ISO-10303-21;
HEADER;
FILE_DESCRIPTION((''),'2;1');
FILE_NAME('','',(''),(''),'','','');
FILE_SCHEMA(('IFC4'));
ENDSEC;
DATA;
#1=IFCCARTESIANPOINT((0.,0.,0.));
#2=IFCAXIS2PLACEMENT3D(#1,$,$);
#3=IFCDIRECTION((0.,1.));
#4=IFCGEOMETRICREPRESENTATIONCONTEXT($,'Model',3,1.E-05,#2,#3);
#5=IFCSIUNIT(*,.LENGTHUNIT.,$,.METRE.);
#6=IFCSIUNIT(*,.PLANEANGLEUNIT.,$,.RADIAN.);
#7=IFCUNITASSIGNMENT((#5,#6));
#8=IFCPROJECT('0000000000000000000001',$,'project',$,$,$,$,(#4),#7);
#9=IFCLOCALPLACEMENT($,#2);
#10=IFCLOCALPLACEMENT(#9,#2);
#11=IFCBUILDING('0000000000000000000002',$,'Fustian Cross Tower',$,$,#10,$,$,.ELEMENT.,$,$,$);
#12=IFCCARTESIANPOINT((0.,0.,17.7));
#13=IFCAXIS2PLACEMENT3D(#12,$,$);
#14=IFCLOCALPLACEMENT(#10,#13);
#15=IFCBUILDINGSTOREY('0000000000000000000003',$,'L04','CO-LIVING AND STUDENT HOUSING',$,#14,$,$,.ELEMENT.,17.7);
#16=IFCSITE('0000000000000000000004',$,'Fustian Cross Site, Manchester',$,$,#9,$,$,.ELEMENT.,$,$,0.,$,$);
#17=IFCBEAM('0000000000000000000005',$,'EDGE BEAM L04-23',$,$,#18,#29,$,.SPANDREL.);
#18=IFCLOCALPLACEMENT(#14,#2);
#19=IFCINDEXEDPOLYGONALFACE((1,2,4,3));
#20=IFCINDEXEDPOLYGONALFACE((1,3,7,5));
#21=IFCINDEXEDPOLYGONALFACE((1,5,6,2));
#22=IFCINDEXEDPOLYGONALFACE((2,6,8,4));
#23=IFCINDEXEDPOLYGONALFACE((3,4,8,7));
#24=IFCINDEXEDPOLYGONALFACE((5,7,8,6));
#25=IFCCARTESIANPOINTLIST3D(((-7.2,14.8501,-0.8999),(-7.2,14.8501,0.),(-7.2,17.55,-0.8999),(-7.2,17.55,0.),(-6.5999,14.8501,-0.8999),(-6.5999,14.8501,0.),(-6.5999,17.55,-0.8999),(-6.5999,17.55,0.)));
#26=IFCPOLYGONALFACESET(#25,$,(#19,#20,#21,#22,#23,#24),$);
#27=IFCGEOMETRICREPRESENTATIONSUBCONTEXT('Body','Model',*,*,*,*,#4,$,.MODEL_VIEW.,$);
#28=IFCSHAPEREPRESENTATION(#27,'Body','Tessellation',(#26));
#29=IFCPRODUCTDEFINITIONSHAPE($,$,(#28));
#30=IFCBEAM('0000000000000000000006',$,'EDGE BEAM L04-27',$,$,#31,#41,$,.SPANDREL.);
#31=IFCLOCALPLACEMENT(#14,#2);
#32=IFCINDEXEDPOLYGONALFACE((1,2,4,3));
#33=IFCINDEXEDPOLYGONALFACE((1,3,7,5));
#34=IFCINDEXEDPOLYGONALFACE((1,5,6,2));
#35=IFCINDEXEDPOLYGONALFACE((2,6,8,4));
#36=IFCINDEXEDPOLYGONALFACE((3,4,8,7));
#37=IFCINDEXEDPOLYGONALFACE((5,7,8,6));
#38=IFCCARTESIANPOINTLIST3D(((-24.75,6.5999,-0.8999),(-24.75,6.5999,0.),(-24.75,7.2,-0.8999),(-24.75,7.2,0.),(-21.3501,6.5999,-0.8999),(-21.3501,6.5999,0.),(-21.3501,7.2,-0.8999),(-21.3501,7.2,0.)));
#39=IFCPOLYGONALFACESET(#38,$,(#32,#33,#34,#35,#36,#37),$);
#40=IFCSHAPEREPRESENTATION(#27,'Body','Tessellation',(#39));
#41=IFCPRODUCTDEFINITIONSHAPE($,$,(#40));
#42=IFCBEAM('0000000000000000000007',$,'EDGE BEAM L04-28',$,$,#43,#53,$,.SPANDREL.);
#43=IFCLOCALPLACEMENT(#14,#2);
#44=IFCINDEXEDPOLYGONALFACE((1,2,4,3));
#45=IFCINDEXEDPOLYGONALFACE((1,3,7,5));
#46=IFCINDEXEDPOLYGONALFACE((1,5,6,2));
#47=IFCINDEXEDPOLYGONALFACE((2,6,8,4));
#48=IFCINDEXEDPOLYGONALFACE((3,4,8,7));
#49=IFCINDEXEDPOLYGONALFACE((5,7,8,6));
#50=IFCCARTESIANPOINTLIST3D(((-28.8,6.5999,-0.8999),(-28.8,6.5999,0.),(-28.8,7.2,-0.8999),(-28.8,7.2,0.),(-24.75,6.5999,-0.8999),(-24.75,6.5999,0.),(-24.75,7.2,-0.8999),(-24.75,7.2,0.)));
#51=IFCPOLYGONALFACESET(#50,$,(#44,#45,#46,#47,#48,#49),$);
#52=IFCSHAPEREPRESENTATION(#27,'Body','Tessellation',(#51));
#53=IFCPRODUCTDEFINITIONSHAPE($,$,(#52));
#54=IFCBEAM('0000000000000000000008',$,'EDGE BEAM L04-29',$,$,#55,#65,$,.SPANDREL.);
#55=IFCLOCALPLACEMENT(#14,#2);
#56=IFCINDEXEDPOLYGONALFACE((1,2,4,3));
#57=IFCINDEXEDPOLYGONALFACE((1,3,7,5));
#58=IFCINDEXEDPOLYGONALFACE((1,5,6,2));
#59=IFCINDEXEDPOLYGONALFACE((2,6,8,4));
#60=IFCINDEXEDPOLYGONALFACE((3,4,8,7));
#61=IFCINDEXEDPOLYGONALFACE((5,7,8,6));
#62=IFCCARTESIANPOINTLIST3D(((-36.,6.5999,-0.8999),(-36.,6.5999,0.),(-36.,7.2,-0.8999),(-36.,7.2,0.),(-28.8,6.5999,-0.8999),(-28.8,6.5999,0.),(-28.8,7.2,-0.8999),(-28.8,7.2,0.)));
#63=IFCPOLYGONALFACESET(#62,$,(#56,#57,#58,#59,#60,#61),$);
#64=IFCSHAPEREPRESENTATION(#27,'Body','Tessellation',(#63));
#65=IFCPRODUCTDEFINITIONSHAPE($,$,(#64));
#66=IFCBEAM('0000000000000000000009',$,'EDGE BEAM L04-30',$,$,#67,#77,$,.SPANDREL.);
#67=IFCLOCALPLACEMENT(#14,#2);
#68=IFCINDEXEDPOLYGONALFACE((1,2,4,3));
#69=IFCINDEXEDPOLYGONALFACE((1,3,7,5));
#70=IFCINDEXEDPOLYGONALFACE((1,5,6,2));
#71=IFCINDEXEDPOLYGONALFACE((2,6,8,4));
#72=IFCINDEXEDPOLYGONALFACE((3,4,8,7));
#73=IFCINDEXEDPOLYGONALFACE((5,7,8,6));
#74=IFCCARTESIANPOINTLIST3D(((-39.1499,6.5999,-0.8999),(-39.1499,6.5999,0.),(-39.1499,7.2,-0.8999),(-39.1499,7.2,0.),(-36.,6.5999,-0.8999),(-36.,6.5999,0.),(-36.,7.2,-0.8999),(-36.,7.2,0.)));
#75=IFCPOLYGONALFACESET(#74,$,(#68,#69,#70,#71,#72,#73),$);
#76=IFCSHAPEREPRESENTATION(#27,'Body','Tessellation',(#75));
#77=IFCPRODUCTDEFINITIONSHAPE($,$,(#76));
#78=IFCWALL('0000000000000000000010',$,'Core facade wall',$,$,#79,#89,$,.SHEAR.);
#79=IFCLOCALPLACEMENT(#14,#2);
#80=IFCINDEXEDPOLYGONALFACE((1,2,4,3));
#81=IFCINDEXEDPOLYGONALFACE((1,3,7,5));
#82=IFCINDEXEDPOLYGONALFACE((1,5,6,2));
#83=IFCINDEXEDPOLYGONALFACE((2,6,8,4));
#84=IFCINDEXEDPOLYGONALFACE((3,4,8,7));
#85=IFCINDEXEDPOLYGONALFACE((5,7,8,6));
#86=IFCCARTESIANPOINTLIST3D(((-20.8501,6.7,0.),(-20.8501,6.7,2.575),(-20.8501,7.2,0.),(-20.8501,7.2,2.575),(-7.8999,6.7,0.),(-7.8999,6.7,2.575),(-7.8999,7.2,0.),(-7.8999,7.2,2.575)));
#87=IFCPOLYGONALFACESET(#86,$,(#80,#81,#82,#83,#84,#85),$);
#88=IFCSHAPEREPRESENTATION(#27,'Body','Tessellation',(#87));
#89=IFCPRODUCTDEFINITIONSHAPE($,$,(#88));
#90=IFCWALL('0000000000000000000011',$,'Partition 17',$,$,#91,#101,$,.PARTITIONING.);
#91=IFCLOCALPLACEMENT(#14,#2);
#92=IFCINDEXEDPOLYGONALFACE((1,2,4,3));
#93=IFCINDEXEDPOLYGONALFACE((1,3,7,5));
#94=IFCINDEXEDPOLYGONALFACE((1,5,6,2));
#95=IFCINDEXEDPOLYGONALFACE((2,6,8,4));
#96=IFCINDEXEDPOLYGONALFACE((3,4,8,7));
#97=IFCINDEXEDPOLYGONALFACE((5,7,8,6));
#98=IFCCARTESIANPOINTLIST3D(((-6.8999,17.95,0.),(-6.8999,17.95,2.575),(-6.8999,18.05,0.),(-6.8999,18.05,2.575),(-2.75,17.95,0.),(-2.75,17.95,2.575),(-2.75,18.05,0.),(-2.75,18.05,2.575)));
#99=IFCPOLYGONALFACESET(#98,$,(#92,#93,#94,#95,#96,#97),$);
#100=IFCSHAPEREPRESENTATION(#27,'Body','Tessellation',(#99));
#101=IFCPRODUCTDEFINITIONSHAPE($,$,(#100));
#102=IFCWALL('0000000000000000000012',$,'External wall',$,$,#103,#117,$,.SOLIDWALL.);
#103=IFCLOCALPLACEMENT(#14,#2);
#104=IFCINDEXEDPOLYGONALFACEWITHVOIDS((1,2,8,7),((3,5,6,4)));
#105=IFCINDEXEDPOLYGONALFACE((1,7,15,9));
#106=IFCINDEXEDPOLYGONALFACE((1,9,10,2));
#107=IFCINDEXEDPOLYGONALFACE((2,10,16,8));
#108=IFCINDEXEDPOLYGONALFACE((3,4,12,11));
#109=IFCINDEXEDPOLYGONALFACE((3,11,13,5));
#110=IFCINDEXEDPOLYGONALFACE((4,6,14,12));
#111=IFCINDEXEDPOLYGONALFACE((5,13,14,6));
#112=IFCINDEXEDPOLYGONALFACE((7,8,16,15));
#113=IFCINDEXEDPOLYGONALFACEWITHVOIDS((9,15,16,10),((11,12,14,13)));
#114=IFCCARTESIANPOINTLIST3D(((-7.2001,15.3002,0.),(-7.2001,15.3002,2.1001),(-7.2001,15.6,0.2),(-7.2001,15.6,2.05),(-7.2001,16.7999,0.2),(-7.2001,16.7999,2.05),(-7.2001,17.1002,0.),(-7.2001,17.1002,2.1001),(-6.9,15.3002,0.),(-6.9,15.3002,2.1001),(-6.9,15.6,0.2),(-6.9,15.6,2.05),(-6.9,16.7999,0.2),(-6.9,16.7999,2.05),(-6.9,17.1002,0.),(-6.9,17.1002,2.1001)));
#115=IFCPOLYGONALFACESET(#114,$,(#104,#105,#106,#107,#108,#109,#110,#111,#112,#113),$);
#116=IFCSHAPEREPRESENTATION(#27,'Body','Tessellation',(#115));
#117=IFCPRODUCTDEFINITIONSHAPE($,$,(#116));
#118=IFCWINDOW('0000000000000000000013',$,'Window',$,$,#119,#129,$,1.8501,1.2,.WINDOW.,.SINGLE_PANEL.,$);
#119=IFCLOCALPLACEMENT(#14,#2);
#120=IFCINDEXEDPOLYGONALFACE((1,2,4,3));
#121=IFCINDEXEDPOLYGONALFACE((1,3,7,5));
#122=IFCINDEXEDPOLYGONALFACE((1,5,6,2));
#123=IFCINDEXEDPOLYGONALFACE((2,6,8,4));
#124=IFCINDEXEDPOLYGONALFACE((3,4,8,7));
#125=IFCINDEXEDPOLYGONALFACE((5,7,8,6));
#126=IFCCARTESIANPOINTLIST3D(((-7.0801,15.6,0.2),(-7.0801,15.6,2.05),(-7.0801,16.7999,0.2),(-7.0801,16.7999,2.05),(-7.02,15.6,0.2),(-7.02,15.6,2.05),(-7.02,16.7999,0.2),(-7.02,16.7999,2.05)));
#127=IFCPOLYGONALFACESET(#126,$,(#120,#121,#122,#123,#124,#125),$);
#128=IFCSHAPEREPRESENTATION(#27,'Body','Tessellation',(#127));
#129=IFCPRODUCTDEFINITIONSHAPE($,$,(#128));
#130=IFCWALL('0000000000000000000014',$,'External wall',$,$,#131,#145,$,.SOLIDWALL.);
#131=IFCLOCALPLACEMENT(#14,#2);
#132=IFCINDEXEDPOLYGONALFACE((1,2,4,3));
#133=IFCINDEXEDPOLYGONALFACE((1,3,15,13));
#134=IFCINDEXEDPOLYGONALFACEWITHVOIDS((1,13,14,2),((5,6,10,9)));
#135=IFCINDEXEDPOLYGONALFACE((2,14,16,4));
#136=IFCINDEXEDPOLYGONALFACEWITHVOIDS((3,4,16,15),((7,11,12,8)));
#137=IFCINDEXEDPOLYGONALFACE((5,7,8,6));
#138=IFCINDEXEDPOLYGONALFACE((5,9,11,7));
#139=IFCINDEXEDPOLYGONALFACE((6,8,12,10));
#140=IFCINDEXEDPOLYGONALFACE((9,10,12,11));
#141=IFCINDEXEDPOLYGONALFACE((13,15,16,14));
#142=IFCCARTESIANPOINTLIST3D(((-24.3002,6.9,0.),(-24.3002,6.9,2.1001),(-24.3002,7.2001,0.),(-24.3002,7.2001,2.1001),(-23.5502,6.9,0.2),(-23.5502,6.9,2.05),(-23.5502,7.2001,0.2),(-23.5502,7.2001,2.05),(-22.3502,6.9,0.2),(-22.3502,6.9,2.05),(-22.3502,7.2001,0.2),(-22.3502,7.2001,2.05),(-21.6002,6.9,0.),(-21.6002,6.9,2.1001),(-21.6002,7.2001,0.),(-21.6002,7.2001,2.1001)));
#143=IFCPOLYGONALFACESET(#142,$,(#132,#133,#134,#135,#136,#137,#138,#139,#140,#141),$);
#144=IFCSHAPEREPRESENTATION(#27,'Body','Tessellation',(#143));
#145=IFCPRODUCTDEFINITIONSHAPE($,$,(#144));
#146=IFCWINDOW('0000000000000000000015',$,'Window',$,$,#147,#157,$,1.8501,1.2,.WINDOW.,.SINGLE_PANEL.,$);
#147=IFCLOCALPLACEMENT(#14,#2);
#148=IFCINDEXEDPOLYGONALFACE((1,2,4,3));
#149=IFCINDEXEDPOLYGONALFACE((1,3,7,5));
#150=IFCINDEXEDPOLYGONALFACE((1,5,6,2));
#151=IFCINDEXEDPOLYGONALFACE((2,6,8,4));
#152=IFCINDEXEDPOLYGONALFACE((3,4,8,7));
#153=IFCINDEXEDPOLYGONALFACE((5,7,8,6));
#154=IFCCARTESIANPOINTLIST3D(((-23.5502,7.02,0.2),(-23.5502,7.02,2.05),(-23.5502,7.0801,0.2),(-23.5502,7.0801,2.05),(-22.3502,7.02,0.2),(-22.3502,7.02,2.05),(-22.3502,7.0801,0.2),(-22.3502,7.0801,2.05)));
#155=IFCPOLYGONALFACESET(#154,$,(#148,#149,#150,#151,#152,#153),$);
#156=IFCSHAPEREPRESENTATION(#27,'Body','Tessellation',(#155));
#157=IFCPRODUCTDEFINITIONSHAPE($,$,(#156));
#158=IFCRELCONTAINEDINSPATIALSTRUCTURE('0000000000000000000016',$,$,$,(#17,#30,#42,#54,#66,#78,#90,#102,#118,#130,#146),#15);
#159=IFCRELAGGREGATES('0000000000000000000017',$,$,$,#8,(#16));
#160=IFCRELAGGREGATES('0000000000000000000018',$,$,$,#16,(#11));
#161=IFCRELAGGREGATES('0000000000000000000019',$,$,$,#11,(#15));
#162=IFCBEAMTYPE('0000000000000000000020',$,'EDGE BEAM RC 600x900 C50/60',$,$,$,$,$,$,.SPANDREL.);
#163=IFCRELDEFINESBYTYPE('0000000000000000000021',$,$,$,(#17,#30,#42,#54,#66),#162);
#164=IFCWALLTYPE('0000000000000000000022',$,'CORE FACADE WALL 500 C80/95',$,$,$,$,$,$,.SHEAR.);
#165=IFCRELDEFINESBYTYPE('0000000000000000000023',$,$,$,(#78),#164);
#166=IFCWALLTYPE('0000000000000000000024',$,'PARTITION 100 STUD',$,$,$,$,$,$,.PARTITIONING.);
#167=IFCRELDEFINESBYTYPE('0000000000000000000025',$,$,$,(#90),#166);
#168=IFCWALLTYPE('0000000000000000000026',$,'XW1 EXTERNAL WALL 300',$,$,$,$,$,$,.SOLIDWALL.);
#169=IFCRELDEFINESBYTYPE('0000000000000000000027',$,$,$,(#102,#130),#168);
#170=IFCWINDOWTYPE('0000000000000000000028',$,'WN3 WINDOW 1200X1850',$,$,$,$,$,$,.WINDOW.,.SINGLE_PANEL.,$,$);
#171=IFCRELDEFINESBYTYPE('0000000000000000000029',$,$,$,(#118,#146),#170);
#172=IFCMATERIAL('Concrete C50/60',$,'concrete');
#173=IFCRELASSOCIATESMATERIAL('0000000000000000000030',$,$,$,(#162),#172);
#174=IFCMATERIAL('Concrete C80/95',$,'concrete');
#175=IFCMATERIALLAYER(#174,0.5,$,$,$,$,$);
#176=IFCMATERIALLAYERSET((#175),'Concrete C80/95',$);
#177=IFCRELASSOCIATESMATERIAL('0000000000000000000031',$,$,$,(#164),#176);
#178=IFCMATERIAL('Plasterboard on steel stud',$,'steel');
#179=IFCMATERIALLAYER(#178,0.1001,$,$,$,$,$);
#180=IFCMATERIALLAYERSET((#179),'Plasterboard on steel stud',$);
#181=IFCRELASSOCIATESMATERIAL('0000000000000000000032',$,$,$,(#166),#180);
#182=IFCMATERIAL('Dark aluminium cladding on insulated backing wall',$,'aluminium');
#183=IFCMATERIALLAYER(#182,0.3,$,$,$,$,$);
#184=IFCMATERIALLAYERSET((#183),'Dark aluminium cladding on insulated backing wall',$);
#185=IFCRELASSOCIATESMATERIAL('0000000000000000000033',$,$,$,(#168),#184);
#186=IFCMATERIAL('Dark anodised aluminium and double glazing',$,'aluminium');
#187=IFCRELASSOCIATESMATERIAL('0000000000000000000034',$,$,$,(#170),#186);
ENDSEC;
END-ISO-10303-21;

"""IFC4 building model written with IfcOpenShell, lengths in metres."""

from ifc_helpers import new_model, si_unit, direction, frame, frame_2d, origin, origin_2d, place, context, subcontext, project, spatial, rectangle, extrude, material, layer, layer_set, material_profile, profile_set, type_object, element, fill, save


model = new_model("IFC4")

# Units and contexts
model_context = context("Model", 3, precision=1e-05, world=origin(), true_north=direction((0.0, 1.0)))
body_context = subcontext(model_context, "Body", "Model", "MODEL_VIEW")
ifc_project = project(units=[si_unit("LENGTHUNIT", "METRE"), si_unit("PLANEANGLEUNIT", "RADIAN")], contexts=[model_context])

# Site, building, storey
site_placement = place(None, origin())
site = spatial("IfcSite", under=ifc_project, at=site_placement, Name="Fustian Cross Site, Manchester", CompositionType="ELEMENT", RefElevation=0.0)
building_placement = place(site_placement, origin())
building = spatial("IfcBuilding", under=site, at=building_placement, Name="Fustian Cross Tower", CompositionType="ELEMENT")
storey_placement = place(building_placement, frame((0.0, 0.0, 17.7)))
storey = spatial("IfcBuildingStorey", under=building, at=storey_placement, Name="L04", Description="CO-LIVING AND STUDENT HOUSING", CompositionType="ELEMENT", Elevation=17.7)

# Beams
ifc_material_1 = material(Name="Concrete C50/60", Category="concrete")
ifc_material_profile = material_profile(ifc_material_1, rectangle(XDim=0.6001, YDim=0.8999, at=origin_2d()), Name="RC 600x900")
ifc_profile_set = profile_set([ifc_material_profile], Name="Concrete C50/60")
beam_type = type_object("IfcBeamType", Name="EDGE BEAM RC 600x900 C50/60", PredefinedType="SPANDREL", material=ifc_profile_set)
beam_1_placement = place(storey_placement, frame((-6.8999, 17.55, -0.45), z_axis=(0.0, -1.0, 0.0), x_axis=(1.0, 0.0, 0.0)))
element("IfcBeam", 1, at=beam_1_placement, inside=storey, type_object=beam_type, Name="EDGE BEAM L04-23", PredefinedType="SPANDREL", context=body_context, shape_type="SweptSolid", body=[
    extrude(rectangle(XDim=0.6001, YDim=0.8999, at=origin_2d()), origin(), (0.0, 0.0, 1.0), 2.7),
])
beam_2_placement = place(storey_placement, frame((-21.3501, 6.8999, -0.45), z_axis=(-1.0, 0.0, 0.0), x_axis=(0.0, -1.0, 0.0)))
element("IfcBeam", 2, at=beam_2_placement, inside=storey, type_object=beam_type, Name="EDGE BEAM L04-27", PredefinedType="SPANDREL", context=body_context, shape_type="SweptSolid", body=[
    extrude(rectangle(XDim=0.6001, YDim=0.8999, at=origin_2d()), origin(), (0.0, 0.0, 1.0), 3.3999),
])
beam_3_placement = place(storey_placement, frame((-24.75, 6.8999, -0.45), z_axis=(-1.0, 0.0, 0.0), x_axis=(0.0, -1.0, 0.0)))
element("IfcBeam", 3, at=beam_3_placement, inside=storey, type_object=beam_type, Name="EDGE BEAM L04-28", PredefinedType="SPANDREL", context=body_context, shape_type="SweptSolid", body=[
    extrude(rectangle(XDim=0.6001, YDim=0.8999, at=origin_2d()), origin(), (0.0, 0.0, 1.0), 4.05),
])
beam_4_placement = place(storey_placement, frame((-28.8, 6.8999, -0.45), z_axis=(-1.0, 0.0, 0.0), x_axis=(0.0, -1.0, 0.0)))
element("IfcBeam", 4, at=beam_4_placement, inside=storey, type_object=beam_type, Name="EDGE BEAM L04-29", PredefinedType="SPANDREL", context=body_context, shape_type="SweptSolid", body=[
    extrude(rectangle(XDim=0.6001, YDim=0.8999, at=origin_2d()), origin(), (0.0, 0.0, 1.0), 7.2),
])
beam_5_placement = place(storey_placement, frame((-36.0, 6.8999, -0.45), z_axis=(-1.0, 0.0, 0.0), x_axis=(0.0, -1.0, 0.0)))
element("IfcBeam", 5, at=beam_5_placement, inside=storey, type_object=beam_type, Name="EDGE BEAM L04-30", PredefinedType="SPANDREL", context=body_context, shape_type="SweptSolid", body=[
    extrude(rectangle(XDim=0.6001, YDim=0.8999, at=origin_2d()), origin(), (0.0, 0.0, 1.0), 3.1499),
])

# Walls
ifc_material_2 = material(Name="Concrete C80/95", Category="concrete")
ifc_layer_1 = layer(ifc_material_2, 0.5)
ifc_layer_set_1 = layer_set([ifc_layer_1], Name="Concrete C80/95")
wall_type_1 = type_object("IfcWallType", Name="CORE FACADE WALL 500 C80/95", PredefinedType="SHEAR", material=ifc_layer_set_1)
wall_1_placement = place(storey_placement, frame((-7.8999, 6.95, 0.0), z_axis=(0.0, 0.0, 1.0), x_axis=(-1.0, 0.0, 0.0)))
element("IfcWall", 6, at=wall_1_placement, inside=storey, type_object=wall_type_1, Name="Core facade wall", PredefinedType="SHEAR", context=body_context, shape_type="SweptSolid", body=[
    extrude(rectangle(XDim=12.9502, YDim=0.5, at=frame_2d((6.4751, 0.0))), origin(), (0.0, 0.0, 1.0), 2.575),
])
ifc_material_3 = material(Name="Plasterboard on steel stud", Category="steel")
ifc_layer_2 = layer(ifc_material_3, 0.1001)
ifc_layer_set_2 = layer_set([ifc_layer_2], Name="Plasterboard on steel stud")
wall_type_2 = type_object("IfcWallType", Name="PARTITION 100 STUD", PredefinedType="PARTITIONING", material=ifc_layer_set_2)
wall_2_placement = place(storey_placement, frame((-6.8999, 18.0, 0.0), z_axis=(0.0, 0.0, 1.0), x_axis=(1.0, 0.0, 0.0)))
element("IfcWall", 7, at=wall_2_placement, inside=storey, type_object=wall_type_2, Name="Partition 17", PredefinedType="PARTITIONING", context=body_context, shape_type="SweptSolid", body=[
    extrude(rectangle(XDim=4.1499, YDim=0.1001, at=frame_2d((2.075, 0.0))), origin(), (0.0, 0.0, 1.0), 2.575),
])

# Walls, openings, windows
ifc_material_4 = material(Name="Dark aluminium cladding on insulated backing wall", Category="aluminium")
ifc_layer_3 = layer(ifc_material_4, 0.3)
ifc_layer_set_3 = layer_set([ifc_layer_3], Name="Dark aluminium cladding on insulated backing wall")
wall_type_3 = type_object("IfcWallType", Name="XW1 EXTERNAL WALL 300", PredefinedType="SOLIDWALL", material=ifc_layer_set_3)
wall_3_placement = place(storey_placement, frame((-7.05, 17.1001, 0.0), z_axis=(0.0, 0.0, 1.0), x_axis=(0.0, -1.0, 0.0)))
wall_3 = element("IfcWall", 8, at=wall_3_placement, inside=storey, type_object=wall_type_3, Name="External wall", PredefinedType="SOLIDWALL", context=body_context, shape_type="SweptSolid", body=[
    extrude(rectangle(XDim=1.8, YDim=0.3, at=frame_2d((0.8999, 0.0))), origin(), (0.0, 0.0, 1.0), 2.1001),
])
opening_1_placement = place(wall_3_placement, frame((0.3, 0.0, 0.2)))
opening_1 = element("IfcOpeningElement", 9, at=opening_1_placement, cuts=wall_3, PredefinedType="OPENING", context=body_context, shape_type="SweptSolid", body=[
    extrude(rectangle(XDim=1.2, YDim=1.8501, at=frame_2d((0.6001, 0.925))), frame((0.0, 0.1599, 0.0), z_axis=(0.0, -1.0, 0.0), x_axis=(1.0, 0.0, 0.0)), (0.0, 0.0, 1.0), 0.3201),
])
ifc_material_5 = material(Name="Dark anodised aluminium and double glazing", Category="aluminium")
window_type = type_object("IfcWindowType", Name="WN3 WINDOW 1200X1850", PartitioningType="SINGLE_PANEL", PredefinedType="WINDOW", material=ifc_material_5)
window_1_placement = place(opening_1_placement, origin())
window_1 = element("IfcWindow", 10, at=window_1_placement, inside=storey, type_object=window_type, Name="Window", OverallHeight=1.8501, OverallWidth=1.2, PartitioningType="SINGLE_PANEL", PredefinedType="WINDOW", context=body_context, shape_type="SweptSolid", body=[
    extrude(rectangle(XDim=1.2, YDim=1.8501, at=frame_2d((0.6001, 0.925))), frame((0.0, 0.03, 0.0), z_axis=(0.0, -1.0, 0.0), x_axis=(1.0, 0.0, 0.0)), (0.0, 0.0, 1.0), 0.0601),
])
fill(opening_1, window_1)
wall_4_placement = place(storey_placement, frame((-21.6001, 7.05, 0.0), z_axis=(0.0, 0.0, 1.0), x_axis=(-1.0, 0.0, 0.0)))
wall_4 = element("IfcWall", 11, at=wall_4_placement, inside=storey, type_object=wall_type_3, Name="External wall", PredefinedType="SOLIDWALL", context=body_context, shape_type="SweptSolid", body=[
    extrude(rectangle(XDim=2.7, YDim=0.3, at=frame_2d((1.3501, 0.0))), origin(), (0.0, 0.0, 1.0), 2.1001),
])
opening_2_placement = place(wall_4_placement, frame((0.75, 0.0, 0.2)))
opening_2 = element("IfcOpeningElement", 12, at=opening_2_placement, cuts=wall_4, PredefinedType="OPENING", context=body_context, shape_type="SweptSolid", body=[
    extrude(rectangle(XDim=1.2, YDim=1.8501, at=frame_2d((0.6001, 0.925))), frame((0.0, 0.1599, 0.0), z_axis=(0.0, -1.0, 0.0), x_axis=(1.0, 0.0, 0.0)), (0.0, 0.0, 1.0), 0.3201),
])
window_2_placement = place(opening_2_placement, origin())
window_2 = element("IfcWindow", 13, at=window_2_placement, inside=storey, type_object=window_type, Name="Window", OverallHeight=1.8501, OverallWidth=1.2, PartitioningType="SINGLE_PANEL", PredefinedType="WINDOW", context=body_context, shape_type="SweptSolid", body=[
    extrude(rectangle(XDim=1.2, YDim=1.8501, at=frame_2d((0.6001, 0.925))), frame((0.0, 0.03, 0.0), z_axis=(0.0, -1.0, 0.0), x_axis=(1.0, 0.0, 0.0)), (0.0, 0.0, 1.0), 0.0601),
])
fill(opening_2, window_2)

save(model, "model.ifc")
